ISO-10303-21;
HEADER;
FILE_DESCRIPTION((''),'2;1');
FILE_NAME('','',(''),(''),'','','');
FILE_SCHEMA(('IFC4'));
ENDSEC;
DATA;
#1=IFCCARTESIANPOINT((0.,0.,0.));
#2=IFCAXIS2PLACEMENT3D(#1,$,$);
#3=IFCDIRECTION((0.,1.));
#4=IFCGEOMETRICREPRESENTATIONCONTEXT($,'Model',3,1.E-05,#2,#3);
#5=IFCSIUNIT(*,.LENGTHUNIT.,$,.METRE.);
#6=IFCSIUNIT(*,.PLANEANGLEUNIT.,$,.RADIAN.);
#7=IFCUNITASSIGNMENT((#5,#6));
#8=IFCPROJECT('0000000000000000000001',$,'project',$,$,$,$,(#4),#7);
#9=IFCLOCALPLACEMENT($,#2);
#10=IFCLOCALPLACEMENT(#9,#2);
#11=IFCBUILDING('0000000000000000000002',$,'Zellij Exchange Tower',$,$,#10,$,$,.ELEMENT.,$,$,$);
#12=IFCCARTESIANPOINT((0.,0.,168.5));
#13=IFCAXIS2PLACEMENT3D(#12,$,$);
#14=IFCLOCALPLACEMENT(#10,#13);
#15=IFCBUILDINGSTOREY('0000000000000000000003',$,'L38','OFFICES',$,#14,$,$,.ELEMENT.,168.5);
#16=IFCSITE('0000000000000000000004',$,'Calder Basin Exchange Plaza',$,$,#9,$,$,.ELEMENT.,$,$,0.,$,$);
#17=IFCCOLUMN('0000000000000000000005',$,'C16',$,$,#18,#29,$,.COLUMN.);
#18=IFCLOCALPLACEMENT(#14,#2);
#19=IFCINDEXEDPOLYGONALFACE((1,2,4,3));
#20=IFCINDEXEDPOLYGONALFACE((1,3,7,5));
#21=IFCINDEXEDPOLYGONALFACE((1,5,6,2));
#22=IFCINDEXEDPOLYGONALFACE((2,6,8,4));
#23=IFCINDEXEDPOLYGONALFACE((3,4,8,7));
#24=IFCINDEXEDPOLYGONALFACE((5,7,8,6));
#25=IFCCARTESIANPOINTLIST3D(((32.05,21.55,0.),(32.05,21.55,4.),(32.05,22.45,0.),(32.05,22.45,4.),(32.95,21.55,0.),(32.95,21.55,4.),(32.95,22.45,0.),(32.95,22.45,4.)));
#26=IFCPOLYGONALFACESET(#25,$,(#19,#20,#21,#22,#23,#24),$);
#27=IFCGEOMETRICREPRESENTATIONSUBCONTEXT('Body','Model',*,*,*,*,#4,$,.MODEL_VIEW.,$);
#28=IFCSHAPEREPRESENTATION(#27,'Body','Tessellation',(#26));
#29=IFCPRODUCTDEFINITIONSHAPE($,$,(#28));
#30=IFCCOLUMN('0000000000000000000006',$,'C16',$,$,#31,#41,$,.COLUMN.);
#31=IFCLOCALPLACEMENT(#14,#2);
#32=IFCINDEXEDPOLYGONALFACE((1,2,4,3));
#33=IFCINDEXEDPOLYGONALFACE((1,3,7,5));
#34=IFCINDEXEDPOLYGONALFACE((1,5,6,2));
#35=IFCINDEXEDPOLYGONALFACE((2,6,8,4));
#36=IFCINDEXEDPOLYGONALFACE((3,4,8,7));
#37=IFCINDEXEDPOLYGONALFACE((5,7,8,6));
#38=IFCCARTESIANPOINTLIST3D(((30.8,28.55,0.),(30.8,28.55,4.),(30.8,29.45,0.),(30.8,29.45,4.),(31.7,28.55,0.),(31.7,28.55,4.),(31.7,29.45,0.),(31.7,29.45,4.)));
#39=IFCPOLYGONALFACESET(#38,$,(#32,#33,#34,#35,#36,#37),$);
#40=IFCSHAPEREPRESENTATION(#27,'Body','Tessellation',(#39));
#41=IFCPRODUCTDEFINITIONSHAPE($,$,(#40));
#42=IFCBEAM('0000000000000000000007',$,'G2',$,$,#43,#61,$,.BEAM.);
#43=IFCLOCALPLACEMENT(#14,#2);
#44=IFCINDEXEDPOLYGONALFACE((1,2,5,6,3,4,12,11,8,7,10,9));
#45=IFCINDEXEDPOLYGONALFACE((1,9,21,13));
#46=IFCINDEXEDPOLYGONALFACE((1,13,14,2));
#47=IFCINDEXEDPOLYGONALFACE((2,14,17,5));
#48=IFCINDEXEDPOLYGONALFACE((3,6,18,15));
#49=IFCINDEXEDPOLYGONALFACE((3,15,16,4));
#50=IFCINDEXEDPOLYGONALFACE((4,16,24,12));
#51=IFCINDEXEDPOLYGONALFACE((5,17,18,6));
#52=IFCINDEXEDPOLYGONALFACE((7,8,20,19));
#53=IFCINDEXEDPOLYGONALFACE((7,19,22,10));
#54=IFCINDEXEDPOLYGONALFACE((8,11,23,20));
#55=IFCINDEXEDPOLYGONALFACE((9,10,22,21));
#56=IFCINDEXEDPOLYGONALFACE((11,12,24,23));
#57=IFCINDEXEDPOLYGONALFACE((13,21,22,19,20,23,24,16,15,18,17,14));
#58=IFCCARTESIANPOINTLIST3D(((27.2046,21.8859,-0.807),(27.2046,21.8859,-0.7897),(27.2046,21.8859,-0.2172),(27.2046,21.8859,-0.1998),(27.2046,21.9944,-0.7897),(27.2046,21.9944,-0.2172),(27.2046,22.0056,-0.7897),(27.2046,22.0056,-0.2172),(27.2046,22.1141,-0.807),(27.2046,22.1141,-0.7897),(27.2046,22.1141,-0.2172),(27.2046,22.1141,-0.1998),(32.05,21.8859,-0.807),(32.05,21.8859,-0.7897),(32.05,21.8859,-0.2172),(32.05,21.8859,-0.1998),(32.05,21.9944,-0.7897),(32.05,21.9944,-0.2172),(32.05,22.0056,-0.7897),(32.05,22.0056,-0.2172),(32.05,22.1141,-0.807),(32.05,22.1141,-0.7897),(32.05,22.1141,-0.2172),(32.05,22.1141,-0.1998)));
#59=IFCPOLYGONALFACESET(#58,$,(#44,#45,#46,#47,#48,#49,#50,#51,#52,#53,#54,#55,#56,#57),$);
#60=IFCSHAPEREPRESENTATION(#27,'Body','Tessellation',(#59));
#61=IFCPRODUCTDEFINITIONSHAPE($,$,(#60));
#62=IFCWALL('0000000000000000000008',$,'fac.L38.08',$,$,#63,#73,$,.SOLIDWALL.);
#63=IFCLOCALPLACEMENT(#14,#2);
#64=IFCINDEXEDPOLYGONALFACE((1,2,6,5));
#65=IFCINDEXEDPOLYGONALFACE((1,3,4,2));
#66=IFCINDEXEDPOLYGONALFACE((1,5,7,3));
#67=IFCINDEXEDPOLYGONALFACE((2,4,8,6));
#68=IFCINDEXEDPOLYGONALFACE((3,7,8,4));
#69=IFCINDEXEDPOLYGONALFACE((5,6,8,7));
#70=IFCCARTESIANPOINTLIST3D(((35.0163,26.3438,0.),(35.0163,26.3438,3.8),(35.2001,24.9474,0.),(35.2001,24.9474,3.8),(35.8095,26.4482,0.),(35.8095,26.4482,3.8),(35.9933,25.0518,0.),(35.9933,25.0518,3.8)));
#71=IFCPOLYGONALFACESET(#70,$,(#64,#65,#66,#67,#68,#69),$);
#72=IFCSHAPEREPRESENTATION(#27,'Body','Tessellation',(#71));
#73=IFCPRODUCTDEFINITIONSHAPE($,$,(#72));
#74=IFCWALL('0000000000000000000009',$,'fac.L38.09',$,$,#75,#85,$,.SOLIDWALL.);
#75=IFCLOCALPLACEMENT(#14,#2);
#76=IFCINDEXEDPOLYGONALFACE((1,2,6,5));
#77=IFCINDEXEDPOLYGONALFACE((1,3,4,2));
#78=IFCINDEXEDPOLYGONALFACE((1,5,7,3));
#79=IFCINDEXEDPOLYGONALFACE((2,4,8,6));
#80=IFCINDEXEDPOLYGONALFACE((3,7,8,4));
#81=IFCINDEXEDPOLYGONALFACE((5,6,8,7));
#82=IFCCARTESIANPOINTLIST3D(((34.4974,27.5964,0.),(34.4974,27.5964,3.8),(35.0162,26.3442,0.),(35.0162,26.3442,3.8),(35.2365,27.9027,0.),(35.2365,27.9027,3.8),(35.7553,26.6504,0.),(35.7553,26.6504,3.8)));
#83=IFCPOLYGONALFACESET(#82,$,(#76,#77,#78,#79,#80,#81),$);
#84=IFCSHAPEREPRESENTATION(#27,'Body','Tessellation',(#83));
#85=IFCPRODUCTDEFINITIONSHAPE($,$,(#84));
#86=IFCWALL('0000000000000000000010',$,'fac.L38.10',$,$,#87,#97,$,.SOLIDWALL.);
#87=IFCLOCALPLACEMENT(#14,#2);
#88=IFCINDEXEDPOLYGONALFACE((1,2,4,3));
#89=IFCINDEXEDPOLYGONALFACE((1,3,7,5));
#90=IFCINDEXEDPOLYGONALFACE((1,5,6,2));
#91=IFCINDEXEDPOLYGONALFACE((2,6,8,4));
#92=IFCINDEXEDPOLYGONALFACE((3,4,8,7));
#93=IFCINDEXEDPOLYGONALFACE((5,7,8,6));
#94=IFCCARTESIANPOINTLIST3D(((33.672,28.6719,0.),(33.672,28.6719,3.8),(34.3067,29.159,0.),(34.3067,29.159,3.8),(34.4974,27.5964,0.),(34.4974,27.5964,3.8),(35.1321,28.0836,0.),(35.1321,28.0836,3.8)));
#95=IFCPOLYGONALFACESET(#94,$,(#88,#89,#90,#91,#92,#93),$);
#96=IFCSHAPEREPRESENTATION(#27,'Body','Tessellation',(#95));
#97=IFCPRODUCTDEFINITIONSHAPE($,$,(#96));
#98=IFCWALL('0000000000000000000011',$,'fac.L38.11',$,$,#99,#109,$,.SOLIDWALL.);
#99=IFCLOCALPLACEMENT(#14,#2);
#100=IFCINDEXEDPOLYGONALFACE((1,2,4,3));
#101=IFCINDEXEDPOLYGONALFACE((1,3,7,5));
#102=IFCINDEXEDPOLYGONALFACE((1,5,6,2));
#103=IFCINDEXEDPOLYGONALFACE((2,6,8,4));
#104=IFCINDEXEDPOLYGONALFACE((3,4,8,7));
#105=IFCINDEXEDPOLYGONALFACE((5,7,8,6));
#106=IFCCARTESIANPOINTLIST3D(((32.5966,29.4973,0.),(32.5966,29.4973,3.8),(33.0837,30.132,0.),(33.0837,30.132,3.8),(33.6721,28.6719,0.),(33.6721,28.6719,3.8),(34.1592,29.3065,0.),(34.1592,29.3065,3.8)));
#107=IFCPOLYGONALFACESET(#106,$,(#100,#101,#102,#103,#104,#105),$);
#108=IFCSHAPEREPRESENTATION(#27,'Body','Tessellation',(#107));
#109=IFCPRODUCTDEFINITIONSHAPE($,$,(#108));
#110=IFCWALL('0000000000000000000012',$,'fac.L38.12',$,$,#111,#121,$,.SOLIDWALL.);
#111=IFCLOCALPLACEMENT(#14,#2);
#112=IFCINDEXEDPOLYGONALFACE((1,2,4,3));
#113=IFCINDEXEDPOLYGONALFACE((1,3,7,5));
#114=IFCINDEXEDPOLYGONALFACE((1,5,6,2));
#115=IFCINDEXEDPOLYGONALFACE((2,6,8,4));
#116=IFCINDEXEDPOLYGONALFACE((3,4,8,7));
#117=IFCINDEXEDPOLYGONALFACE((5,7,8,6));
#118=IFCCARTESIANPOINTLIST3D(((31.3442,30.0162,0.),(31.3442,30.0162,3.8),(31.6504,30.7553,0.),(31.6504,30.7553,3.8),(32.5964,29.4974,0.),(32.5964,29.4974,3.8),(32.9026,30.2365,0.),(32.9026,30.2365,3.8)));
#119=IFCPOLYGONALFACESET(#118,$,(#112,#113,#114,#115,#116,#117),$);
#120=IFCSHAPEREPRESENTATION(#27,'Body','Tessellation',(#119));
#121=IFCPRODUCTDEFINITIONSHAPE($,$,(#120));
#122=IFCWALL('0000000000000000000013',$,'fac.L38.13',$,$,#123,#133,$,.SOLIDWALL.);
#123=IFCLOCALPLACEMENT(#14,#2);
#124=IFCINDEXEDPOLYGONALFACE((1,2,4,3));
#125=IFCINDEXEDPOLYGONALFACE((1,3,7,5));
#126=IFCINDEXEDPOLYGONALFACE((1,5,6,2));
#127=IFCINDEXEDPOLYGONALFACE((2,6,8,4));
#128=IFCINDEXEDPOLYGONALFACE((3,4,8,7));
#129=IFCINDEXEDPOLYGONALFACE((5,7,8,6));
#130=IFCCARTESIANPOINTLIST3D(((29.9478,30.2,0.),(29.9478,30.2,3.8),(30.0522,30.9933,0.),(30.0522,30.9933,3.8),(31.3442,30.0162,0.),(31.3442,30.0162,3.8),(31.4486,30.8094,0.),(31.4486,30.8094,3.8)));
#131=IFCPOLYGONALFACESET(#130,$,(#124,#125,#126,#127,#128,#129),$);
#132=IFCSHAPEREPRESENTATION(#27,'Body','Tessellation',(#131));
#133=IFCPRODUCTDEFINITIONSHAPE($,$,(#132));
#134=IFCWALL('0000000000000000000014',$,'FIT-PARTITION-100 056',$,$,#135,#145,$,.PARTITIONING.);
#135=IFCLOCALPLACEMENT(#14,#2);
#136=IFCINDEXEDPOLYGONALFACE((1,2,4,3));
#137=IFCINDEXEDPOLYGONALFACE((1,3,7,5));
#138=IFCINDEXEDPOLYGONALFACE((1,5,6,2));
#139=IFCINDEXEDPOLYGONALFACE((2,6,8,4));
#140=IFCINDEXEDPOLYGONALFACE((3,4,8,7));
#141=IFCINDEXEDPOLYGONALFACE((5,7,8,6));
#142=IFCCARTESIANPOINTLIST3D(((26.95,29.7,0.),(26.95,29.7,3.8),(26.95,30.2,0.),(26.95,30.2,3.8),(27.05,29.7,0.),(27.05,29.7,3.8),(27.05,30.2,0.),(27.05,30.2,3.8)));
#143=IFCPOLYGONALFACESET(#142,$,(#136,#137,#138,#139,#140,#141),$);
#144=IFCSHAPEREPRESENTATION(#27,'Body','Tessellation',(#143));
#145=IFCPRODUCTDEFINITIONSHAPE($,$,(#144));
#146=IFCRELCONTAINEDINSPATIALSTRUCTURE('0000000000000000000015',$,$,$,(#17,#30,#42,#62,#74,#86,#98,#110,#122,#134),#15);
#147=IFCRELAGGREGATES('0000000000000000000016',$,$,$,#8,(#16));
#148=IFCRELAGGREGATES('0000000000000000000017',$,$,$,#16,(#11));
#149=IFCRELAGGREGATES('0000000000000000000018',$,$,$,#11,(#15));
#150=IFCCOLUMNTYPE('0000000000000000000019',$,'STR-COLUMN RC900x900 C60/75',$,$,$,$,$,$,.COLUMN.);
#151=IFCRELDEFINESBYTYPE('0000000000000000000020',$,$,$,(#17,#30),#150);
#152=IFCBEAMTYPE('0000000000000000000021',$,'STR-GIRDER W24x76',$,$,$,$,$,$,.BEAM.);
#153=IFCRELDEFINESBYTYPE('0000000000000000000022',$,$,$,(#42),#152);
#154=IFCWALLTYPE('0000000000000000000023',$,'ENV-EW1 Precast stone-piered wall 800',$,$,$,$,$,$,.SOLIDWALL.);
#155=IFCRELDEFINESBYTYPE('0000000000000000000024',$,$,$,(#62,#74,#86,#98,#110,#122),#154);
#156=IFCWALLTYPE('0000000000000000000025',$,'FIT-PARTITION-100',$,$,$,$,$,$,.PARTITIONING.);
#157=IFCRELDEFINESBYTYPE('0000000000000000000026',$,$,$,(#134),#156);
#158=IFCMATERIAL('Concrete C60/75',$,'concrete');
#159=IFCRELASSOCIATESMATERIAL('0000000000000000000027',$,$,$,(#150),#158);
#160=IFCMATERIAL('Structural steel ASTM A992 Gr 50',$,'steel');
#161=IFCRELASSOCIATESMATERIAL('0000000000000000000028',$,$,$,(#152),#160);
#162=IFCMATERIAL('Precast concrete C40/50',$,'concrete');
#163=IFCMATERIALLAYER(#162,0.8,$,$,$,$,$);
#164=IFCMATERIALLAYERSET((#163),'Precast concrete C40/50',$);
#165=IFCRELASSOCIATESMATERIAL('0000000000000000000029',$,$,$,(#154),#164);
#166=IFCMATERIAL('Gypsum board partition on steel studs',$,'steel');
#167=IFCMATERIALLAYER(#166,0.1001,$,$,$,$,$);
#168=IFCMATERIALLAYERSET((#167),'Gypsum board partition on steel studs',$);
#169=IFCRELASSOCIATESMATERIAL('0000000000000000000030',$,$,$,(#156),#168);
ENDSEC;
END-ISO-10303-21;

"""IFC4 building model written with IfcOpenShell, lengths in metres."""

from ifc_helpers import new_model, si_unit, direction, frame, frame_2d, origin, origin_2d, place, context, subcontext, project, spatial, rectangle, i_section, extrude, material, layer, layer_set, material_profile, profile_set, type_object, element, save


model = new_model("IFC4")

# Units and contexts
model_context = context("Model", 3, precision=1e-05, world=origin(), true_north=direction((0.0, 1.0)))
body_context = subcontext(model_context, "Body", "Model", "MODEL_VIEW")
ifc_project = project(units=[si_unit("LENGTHUNIT", "METRE"), si_unit("PLANEANGLEUNIT", "RADIAN")], contexts=[model_context])

# Site, building, storey
site_placement = place(None, origin())
site = spatial("IfcSite", under=ifc_project, at=site_placement, Name="Calder Basin Exchange Plaza", CompositionType="ELEMENT", RefElevation=0.0)
building_placement = place(site_placement, origin())
building = spatial("IfcBuilding", under=site, at=building_placement, Name="Zellij Exchange Tower", CompositionType="ELEMENT")
storey_placement = place(building_placement, frame((0.0, 0.0, 168.5)))
storey = spatial("IfcBuildingStorey", under=building, at=storey_placement, Name="L38", Description="OFFICES", CompositionType="ELEMENT", Elevation=168.5)

# Columns
ifc_material_1 = material(Name="Concrete C60/75", Category="concrete")
ifc_material_profile_1 = material_profile(ifc_material_1, rectangle(XDim=0.8999, YDim=0.8999, at=origin_2d()), Name="STR-COLUMN RC900x900 C60/75")
ifc_profile_set_1 = profile_set([ifc_material_profile_1], Name="Concrete C60/75")
column_type = type_object("IfcColumnType", Name="STR-COLUMN RC900x900 C60/75", PredefinedType="COLUMN", material=ifc_profile_set_1)
for number, where, z_axis, x_axis, name in (
    (1, (32.5, 22.0, 0.0), (0.0, 0.0, 1.0), (1.0, 0.0, 0.0), "C16"),
    (2, (31.25, 29.0, 0.0), (0.0, 0.0, 1.0), (1.0, 0.0, 0.0), "C16"),
):
    element("IfcColumn", number, at=place(storey_placement, frame(where, z_axis=z_axis, x_axis=x_axis)), inside=storey, type_object=column_type, Name=name, PredefinedType="COLUMN", context=body_context, shape_type="SweptSolid", body=[
        extrude(rectangle(XDim=0.8999, YDim=0.8999, at=origin_2d()), origin(), (0.0, 0.0, 1.0), 4.0),
    ])

# Beam
ifc_material_2 = material(Name="Structural steel ASTM A992 Gr 50", Category="steel")
ifc_material_profile_2 = material_profile(ifc_material_2, i_section(OverallWidth=0.2283, OverallDepth=0.6072, WebThickness=0.0112, FlangeThickness=0.0173, at=origin_2d()), Name="W24x76")
ifc_profile_set_2 = profile_set([ifc_material_profile_2], Name="Structural steel ASTM A992 Gr 50")
beam_type = type_object("IfcBeamType", Name="STR-GIRDER W24x76", PredefinedType="BEAM", material=ifc_profile_set_2)
beam_placement = place(storey_placement, frame((27.2046, 22.0, -0.5034), z_axis=(1.0, 0.0, 0.0), x_axis=(0.0, 1.0, 0.0)))
element("IfcBeam", 3, at=beam_placement, inside=storey, type_object=beam_type, Name="G2", PredefinedType="BEAM", context=body_context, shape_type="SweptSolid", body=[
    extrude(i_section(OverallWidth=0.2283, OverallDepth=0.6072, WebThickness=0.0112, FlangeThickness=0.0173, at=origin_2d()), origin(), (0.0, 0.0, 1.0), 4.8455),
])

# Walls
ifc_material_3 = material(Name="Precast concrete C40/50", Category="concrete")
ifc_layer_1 = layer(ifc_material_3, 0.8)
ifc_layer_set_1 = layer_set([ifc_layer_1], Name="Precast concrete C40/50")
wall_type_1 = type_object("IfcWallType", Name="ENV-EW1 Precast stone-piered wall 800", PredefinedType="SOLIDWALL", material=ifc_layer_set_1)
wall_1_placement = place(storey_placement, frame((35.5967, 24.9998, 0.0), z_axis=(0.0, 0.0, 1.0), x_axis=(-0.130517, 0.991446, 0.0)))
element("IfcWall", 4, at=wall_1_placement, inside=storey, type_object=wall_type_1, Name="fac.L38.08", PredefinedType="SOLIDWALL", context=body_context, shape_type="SweptSolid", body=[
    extrude(rectangle(XDim=1.4084, YDim=0.8, at=frame_2d((0.7041, 0.0))), origin(), (0.0, 0.0, 1.0), 3.8),
])
wall_2_placement = place(storey_placement, frame((35.3857, 26.4973, 0.0), z_axis=(0.0, 0.0, 1.0), x_axis=(-0.38276, 0.923848, 0.0)))
element("IfcWall", 5, at=wall_2_placement, inside=storey, type_object=wall_type_1, Name="fac.L38.09", PredefinedType="SOLIDWALL", context=body_context, shape_type="SweptSolid", body=[
    extrude(rectangle(XDim=1.3555, YDim=0.8, at=frame_2d((0.6777, 0.0))), origin(), (0.0, 0.0, 1.0), 3.8),
])
for number, where, z_axis, x_axis, name in (
    (6, (34.8147, 27.8401, 0.0), (0.0, 0.0, 1.0), (-0.608866, 0.793273, 0.0), "fac.L38.10"),
    (7, (33.9155, 28.9893, 0.0), (0.0, 0.0, 1.0), (-0.793273, 0.608866, 0.0), "fac.L38.11"),
):
    element("IfcWall", number, at=place(storey_placement, frame(where, z_axis=z_axis, x_axis=x_axis)), inside=storey, type_object=wall_type_1, Name=name, PredefinedType="SOLIDWALL", context=body_context, shape_type="SweptSolid", body=[
        extrude(rectangle(XDim=1.3557, YDim=0.8, at=frame_2d((0.6777, 0.0))), origin(), (0.0, 0.0, 1.0), 3.8),
    ])
wall_3_placement = place(storey_placement, frame((32.7495, 29.8669, 0.0), z_axis=(0.0, 0.0, 1.0), x_axis=(-0.923848, 0.38276, 0.0)))
element("IfcWall", 8, at=wall_3_placement, inside=storey, type_object=wall_type_1, Name="fac.L38.12", PredefinedType="SOLIDWALL", context=body_context, shape_type="SweptSolid", body=[
    extrude(rectangle(XDim=1.3555, YDim=0.8, at=frame_2d((0.6777, 0.0))), origin(), (0.0, 0.0, 1.0), 3.8),
])
wall_4_placement = place(storey_placement, frame((31.3962, 30.4128, 0.0), z_axis=(0.0, 0.0, 1.0), x_axis=(-0.991446, 0.130517, 0.0)))
element("IfcWall", 9, at=wall_4_placement, inside=storey, type_object=wall_type_1, Name="fac.L38.13", PredefinedType="SOLIDWALL", context=body_context, shape_type="SweptSolid", body=[
    extrude(rectangle(XDim=1.4084, YDim=0.8, at=frame_2d((0.7041, 0.0))), origin(), (0.0, 0.0, 1.0), 3.8),
])

# Wall
ifc_material_4 = material(Name="Gypsum board partition on steel studs", Category="steel")
ifc_layer_2 = layer(ifc_material_4, 0.1001)
ifc_layer_set_2 = layer_set([ifc_layer_2], Name="Gypsum board partition on steel studs")
wall_type_2 = type_object("IfcWallType", Name="FIT-PARTITION-100", PredefinedType="PARTITIONING", material=ifc_layer_set_2)
wall_5_placement = place(storey_placement, frame((27.0, 29.7, 0.0), z_axis=(0.0, 0.0, 1.0), x_axis=(0.0, 1.0, 0.0)))
element("IfcWall", 10, at=wall_5_placement, inside=storey, type_object=wall_type_2, Name="FIT-PARTITION-100 056", PredefinedType="PARTITIONING", context=body_context, shape_type="SweptSolid", body=[
    extrude(rectangle(XDim=0.5, YDim=0.1001, at=frame_2d((0.25, 0.0))), origin(), (0.0, 0.0, 1.0), 3.8),
])

save(model, "model.ifc")
